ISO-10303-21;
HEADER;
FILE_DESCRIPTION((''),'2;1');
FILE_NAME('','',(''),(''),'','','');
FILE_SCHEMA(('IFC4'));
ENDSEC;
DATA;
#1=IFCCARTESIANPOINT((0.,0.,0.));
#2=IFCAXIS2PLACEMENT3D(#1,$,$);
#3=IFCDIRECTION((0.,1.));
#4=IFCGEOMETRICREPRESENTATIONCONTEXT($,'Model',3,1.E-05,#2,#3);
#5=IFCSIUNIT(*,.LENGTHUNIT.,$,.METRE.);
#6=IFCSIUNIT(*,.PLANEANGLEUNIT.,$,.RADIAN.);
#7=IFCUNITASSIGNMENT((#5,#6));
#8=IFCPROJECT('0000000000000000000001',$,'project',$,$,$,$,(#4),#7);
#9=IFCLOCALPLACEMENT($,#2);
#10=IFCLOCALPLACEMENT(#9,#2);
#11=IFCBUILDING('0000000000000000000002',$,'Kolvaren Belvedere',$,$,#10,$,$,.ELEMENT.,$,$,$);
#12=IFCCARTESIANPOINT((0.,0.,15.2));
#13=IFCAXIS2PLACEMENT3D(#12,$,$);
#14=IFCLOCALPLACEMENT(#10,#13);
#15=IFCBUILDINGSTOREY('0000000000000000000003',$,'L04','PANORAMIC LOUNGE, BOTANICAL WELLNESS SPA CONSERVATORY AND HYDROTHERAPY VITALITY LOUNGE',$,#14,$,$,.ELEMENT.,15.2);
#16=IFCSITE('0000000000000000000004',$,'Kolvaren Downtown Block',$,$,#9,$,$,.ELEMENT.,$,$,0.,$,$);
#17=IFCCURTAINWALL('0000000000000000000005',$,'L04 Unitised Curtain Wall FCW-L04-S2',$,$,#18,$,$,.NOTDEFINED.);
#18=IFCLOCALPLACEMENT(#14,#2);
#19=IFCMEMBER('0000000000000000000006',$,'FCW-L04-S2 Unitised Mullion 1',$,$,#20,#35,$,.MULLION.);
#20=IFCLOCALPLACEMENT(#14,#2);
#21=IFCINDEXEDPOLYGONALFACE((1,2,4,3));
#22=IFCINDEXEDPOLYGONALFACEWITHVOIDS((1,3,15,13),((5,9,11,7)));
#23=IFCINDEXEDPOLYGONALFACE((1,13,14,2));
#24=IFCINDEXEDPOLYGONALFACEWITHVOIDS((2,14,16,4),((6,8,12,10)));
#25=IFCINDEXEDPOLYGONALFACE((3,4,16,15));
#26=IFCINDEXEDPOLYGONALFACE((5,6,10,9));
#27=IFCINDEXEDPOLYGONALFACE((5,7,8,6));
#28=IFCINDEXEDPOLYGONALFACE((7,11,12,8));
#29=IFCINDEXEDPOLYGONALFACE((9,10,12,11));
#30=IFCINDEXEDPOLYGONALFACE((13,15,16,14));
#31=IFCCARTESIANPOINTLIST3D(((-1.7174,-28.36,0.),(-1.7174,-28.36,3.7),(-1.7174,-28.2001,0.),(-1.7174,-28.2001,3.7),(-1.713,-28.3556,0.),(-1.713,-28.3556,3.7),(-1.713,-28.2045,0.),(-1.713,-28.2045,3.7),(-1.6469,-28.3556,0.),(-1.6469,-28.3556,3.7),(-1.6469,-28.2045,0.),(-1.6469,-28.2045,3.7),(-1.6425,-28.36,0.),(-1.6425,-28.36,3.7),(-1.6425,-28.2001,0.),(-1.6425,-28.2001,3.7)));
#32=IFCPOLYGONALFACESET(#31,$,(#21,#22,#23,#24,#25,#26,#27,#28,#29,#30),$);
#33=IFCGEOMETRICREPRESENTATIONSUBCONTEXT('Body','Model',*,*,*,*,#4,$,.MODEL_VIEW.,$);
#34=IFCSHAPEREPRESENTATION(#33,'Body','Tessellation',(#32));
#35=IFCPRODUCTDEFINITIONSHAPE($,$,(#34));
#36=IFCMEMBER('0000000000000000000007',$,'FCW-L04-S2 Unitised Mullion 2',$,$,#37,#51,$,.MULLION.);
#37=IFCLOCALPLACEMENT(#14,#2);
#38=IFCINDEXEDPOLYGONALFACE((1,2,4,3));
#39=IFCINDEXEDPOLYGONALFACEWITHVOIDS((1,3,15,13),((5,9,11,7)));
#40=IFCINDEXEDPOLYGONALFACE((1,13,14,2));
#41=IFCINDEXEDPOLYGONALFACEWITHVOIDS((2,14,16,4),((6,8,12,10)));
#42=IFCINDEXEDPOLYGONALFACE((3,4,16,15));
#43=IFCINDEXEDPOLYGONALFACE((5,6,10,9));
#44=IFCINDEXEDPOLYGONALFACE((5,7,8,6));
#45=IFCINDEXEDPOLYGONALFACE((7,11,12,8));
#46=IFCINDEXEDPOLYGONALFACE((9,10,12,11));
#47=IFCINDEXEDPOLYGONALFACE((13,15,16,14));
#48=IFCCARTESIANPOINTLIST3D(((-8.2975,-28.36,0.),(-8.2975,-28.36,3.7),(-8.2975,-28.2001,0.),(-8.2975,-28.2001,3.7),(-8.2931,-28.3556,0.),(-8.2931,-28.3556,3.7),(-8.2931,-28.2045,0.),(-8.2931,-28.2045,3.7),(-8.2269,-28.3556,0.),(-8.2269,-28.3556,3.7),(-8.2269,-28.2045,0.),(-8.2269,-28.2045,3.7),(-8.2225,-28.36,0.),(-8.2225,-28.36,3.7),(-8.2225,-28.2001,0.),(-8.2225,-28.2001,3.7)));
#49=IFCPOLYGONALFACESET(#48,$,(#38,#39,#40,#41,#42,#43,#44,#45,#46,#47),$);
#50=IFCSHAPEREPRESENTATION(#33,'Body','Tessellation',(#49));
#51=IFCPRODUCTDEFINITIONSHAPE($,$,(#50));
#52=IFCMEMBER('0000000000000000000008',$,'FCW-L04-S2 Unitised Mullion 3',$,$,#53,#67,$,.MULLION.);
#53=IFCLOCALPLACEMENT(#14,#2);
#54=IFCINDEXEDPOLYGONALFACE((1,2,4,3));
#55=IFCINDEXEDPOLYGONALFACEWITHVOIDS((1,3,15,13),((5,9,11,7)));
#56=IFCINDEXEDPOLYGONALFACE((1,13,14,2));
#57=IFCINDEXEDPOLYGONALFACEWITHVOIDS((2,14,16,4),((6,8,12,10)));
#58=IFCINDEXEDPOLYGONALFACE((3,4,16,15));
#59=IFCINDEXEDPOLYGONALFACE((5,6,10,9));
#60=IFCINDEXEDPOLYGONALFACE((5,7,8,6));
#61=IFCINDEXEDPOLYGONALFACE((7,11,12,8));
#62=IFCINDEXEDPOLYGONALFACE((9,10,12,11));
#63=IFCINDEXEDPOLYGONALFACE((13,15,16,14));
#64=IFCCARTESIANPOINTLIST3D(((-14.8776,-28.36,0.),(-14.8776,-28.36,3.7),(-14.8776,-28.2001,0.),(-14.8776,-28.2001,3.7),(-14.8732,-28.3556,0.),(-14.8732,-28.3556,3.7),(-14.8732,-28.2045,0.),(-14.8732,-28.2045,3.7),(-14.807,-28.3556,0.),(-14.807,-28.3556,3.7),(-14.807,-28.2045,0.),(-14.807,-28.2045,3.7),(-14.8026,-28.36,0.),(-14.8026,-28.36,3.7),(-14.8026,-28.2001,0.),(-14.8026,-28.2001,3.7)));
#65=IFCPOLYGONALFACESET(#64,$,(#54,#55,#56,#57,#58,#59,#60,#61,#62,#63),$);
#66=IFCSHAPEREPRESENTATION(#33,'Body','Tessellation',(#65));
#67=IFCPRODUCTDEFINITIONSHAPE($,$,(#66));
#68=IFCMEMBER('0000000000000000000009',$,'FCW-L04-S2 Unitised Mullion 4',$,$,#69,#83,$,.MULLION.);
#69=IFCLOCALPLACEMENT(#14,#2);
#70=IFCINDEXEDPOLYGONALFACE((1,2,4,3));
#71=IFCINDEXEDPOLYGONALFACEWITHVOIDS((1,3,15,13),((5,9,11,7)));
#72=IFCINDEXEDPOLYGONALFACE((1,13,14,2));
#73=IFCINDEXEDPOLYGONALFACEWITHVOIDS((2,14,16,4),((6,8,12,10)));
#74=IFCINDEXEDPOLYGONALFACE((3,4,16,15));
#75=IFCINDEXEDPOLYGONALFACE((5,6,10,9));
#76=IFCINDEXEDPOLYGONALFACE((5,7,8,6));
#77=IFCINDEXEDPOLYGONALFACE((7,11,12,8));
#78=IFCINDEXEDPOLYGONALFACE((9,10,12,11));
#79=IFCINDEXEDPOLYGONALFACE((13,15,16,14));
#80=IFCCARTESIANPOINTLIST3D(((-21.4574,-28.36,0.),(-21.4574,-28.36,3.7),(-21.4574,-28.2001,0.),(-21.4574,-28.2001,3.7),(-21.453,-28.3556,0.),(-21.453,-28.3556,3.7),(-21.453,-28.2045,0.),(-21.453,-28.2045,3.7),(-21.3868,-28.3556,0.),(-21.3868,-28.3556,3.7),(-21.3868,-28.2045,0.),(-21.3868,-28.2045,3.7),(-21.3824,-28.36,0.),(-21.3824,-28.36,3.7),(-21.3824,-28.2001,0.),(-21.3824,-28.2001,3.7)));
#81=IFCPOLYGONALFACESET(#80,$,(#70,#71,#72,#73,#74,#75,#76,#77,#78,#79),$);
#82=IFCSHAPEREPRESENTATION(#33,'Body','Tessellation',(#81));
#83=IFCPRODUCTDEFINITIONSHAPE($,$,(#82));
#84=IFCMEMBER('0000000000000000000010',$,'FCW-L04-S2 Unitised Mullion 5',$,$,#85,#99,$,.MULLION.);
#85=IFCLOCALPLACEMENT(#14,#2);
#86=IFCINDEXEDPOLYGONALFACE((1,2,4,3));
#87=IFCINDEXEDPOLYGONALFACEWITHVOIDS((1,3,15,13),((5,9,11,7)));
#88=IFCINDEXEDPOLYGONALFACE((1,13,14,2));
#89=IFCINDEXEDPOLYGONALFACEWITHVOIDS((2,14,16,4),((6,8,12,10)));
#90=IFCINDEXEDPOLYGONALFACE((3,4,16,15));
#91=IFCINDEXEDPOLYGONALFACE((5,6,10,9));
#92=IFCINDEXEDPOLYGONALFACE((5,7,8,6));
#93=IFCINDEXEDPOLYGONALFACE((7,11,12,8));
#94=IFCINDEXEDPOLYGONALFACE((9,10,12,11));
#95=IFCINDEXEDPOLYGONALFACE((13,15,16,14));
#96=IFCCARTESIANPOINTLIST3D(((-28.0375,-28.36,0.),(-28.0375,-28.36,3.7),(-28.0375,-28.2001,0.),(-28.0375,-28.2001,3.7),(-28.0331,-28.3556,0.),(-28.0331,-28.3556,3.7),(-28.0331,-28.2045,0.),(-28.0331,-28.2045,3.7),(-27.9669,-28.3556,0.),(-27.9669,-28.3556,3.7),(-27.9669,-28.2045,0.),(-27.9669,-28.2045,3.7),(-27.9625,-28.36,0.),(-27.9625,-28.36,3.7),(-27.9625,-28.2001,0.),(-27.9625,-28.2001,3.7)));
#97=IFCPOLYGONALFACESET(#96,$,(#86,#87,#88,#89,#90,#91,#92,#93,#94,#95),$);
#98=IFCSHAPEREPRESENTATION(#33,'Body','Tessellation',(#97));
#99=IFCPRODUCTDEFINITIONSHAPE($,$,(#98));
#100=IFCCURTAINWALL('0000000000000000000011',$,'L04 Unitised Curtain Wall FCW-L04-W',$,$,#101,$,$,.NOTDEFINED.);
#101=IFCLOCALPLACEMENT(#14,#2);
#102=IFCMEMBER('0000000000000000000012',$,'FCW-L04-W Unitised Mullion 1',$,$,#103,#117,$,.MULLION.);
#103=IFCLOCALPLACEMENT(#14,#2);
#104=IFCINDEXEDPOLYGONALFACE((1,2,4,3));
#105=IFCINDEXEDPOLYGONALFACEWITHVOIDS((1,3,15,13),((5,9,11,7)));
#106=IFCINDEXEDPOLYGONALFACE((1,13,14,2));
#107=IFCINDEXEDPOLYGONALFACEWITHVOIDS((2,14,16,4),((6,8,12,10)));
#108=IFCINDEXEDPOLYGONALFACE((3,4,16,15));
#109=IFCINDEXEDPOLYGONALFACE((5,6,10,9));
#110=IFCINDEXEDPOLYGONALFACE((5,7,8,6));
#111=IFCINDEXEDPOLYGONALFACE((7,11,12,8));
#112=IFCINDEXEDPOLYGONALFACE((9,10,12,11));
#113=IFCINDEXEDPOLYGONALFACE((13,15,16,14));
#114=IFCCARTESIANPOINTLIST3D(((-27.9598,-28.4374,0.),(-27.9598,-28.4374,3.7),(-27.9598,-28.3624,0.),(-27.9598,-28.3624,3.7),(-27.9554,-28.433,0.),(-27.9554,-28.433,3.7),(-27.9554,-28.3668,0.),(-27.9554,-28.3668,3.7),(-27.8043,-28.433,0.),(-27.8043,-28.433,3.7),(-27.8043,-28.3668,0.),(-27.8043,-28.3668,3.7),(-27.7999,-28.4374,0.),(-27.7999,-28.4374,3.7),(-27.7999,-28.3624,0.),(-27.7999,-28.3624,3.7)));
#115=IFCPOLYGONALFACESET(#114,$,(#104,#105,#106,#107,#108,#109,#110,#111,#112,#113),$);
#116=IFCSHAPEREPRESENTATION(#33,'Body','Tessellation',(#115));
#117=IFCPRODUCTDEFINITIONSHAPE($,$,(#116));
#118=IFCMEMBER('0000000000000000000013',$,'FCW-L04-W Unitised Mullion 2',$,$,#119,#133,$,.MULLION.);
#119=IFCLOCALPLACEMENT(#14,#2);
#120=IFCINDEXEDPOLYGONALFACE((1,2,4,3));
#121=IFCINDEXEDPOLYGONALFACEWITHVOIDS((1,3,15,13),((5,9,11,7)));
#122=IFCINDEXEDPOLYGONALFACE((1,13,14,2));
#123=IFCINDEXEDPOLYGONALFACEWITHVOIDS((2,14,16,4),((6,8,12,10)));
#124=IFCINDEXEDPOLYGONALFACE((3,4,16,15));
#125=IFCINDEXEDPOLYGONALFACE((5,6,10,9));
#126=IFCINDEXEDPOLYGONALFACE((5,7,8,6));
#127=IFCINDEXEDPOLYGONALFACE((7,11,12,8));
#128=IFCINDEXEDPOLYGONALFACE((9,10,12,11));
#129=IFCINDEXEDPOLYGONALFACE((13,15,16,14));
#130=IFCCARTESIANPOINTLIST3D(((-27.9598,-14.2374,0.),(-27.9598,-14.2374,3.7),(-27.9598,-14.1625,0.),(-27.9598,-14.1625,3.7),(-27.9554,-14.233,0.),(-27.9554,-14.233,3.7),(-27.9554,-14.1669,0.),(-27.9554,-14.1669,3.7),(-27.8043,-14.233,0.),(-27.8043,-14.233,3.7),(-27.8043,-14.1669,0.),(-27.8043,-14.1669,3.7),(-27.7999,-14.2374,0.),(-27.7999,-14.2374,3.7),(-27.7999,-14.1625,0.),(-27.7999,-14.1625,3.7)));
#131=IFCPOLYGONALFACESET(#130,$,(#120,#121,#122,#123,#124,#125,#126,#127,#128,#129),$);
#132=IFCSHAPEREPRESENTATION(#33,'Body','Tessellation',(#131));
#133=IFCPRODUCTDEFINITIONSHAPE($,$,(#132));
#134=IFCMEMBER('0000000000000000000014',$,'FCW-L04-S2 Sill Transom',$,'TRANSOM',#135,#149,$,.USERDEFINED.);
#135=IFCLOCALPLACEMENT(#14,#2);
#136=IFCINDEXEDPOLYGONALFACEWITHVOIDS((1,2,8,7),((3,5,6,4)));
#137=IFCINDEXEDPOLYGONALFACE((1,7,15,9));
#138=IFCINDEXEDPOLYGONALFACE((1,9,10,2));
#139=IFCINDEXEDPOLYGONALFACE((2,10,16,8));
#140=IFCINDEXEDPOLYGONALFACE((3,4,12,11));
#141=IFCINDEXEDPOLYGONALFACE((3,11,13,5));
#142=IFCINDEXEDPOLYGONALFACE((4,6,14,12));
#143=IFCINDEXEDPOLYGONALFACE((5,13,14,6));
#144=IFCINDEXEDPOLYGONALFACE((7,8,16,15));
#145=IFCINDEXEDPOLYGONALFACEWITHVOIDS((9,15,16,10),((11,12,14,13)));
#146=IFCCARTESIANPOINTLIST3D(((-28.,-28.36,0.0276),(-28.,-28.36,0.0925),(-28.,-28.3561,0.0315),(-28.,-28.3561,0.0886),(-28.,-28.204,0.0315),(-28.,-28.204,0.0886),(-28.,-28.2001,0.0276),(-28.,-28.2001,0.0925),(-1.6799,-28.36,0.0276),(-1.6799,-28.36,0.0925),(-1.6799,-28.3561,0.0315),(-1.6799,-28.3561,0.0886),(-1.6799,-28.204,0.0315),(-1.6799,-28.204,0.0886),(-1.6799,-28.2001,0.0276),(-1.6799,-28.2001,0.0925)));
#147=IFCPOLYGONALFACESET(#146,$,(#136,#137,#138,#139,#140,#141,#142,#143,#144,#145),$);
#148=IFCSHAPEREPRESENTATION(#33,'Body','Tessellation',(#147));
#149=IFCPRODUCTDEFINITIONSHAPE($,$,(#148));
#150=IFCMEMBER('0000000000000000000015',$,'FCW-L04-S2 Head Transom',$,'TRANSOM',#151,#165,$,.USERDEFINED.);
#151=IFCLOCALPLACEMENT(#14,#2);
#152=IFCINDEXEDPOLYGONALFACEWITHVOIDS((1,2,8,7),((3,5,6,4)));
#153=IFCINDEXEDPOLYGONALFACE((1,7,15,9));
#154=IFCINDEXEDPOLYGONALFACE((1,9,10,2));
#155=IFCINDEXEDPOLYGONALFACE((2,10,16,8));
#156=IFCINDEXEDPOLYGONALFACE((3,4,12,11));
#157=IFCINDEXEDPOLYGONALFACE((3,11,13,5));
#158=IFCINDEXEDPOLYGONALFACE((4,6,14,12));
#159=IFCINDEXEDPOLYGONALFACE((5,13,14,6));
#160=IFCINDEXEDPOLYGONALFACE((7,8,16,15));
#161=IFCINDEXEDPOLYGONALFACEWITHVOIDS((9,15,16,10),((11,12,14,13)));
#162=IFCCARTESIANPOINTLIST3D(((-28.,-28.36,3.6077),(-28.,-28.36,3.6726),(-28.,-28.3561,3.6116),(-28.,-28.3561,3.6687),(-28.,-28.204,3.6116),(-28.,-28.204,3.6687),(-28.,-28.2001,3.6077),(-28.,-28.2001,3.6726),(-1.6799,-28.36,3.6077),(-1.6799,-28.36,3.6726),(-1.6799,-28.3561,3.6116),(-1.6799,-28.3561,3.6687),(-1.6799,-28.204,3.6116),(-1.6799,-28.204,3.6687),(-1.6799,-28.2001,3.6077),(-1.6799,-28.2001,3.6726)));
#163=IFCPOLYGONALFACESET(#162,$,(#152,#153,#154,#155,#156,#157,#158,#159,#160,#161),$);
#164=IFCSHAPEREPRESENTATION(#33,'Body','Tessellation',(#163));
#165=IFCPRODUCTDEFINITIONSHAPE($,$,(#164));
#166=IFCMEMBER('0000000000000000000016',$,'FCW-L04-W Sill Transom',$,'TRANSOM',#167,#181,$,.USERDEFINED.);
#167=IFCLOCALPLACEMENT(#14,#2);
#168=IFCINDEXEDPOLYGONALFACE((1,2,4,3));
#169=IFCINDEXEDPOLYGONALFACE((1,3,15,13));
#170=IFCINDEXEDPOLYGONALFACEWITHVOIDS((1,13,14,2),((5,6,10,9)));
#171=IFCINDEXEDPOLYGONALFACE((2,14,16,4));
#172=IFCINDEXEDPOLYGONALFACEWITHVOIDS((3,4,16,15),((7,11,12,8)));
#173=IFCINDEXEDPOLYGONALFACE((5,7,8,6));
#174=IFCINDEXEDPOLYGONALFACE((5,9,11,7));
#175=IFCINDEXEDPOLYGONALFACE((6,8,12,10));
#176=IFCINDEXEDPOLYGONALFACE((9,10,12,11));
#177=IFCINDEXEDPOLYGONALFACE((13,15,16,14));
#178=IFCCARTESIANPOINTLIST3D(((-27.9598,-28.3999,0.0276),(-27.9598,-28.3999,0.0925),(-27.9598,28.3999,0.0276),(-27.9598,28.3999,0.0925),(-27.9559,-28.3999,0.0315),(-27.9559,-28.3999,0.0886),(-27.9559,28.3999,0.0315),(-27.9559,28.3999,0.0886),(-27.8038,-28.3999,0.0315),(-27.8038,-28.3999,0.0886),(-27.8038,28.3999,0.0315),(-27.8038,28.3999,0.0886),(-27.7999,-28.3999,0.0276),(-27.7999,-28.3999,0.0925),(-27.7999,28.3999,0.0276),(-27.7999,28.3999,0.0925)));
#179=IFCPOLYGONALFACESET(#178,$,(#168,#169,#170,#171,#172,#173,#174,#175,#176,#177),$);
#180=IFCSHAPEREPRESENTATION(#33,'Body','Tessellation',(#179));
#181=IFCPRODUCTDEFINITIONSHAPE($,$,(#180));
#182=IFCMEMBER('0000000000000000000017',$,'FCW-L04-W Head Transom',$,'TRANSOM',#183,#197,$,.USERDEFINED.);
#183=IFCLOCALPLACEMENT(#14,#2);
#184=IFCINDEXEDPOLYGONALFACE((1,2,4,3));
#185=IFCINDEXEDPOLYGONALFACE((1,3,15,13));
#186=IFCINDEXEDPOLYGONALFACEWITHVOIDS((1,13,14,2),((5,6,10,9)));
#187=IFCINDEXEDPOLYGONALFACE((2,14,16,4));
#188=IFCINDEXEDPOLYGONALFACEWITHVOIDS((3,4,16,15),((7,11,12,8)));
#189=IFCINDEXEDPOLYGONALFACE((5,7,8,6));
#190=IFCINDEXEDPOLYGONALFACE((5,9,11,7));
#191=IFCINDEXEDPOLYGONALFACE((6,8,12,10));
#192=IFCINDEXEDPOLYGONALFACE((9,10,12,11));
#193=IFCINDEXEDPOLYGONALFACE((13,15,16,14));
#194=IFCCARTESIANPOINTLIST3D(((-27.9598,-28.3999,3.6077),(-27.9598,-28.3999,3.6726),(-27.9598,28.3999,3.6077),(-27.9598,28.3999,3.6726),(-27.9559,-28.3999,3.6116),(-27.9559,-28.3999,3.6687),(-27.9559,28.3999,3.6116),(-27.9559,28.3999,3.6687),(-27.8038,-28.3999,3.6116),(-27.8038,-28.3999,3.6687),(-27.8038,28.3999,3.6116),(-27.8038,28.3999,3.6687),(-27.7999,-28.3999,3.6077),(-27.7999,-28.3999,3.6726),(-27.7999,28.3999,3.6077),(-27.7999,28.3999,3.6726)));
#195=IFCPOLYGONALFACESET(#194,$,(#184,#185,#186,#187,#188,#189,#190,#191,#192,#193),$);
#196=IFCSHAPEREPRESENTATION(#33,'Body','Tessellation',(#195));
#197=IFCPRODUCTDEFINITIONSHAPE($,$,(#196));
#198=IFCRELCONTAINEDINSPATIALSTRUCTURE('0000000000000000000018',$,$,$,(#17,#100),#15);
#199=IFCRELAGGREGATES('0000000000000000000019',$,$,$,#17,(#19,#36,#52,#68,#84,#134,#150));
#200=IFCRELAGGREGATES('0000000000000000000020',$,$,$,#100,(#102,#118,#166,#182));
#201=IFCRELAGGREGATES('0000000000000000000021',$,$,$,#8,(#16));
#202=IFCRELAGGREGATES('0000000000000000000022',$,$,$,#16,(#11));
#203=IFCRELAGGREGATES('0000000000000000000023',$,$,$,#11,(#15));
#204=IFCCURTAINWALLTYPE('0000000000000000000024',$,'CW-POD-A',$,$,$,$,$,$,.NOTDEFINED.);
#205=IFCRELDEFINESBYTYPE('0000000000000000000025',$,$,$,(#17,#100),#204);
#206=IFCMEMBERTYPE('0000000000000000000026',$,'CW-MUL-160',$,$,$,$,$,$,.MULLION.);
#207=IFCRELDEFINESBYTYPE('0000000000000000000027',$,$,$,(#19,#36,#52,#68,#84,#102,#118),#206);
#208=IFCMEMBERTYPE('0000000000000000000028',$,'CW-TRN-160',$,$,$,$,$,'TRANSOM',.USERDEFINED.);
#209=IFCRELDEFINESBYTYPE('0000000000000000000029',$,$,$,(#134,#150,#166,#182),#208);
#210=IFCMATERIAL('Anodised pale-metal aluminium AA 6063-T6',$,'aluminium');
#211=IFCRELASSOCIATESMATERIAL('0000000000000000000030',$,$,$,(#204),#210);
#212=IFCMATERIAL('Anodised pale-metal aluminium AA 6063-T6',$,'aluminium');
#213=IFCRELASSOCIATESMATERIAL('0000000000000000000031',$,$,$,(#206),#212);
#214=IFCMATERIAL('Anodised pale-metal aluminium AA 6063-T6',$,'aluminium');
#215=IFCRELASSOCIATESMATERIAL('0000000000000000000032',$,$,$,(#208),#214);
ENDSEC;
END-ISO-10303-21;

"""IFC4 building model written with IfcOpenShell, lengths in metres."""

from ifc_helpers import new_model, si_unit, direction, frame, origin, origin_2d, place, context, subcontext, project, spatial, hollow_rectangle, extrude, material, material_profile, profile_set, type_object, element, aggregate, save


model = new_model("IFC4")

# Units and contexts
model_context = context("Model", 3, precision=1e-05, world=origin(), true_north=direction((0.0, 1.0)))
body_context = subcontext(model_context, "Body", "Model", "MODEL_VIEW")
ifc_project = project(units=[si_unit("LENGTHUNIT", "METRE"), si_unit("PLANEANGLEUNIT", "RADIAN")], contexts=[model_context])

# Site, building, storey
site_placement = place(None, origin())
site = spatial("IfcSite", under=ifc_project, at=site_placement, Name="Kolvaren Downtown Block", CompositionType="ELEMENT", RefElevation=0.0)
building_placement = place(site_placement, origin())
building = spatial("IfcBuilding", under=site, at=building_placement, Name="Kolvaren Belvedere", CompositionType="ELEMENT")
storey_placement = place(building_placement, frame((0.0, 0.0, 15.2)))
storey = spatial("IfcBuildingStorey", under=building, at=storey_placement, Name="L04", Description="PANORAMIC LOUNGE, BOTANICAL WELLNESS SPA CONSERVATORY AND HYDROTHERAPY VITALITY LOUNGE", CompositionType="ELEMENT", Elevation=15.2)

# Curtain walls, members
ifc_material_1 = material(Name="Anodised pale-metal aluminium AA 6063-T6", Category="aluminium")
curtain_wall_type = type_object("IfcCurtainWallType", Name="CW-POD-A", PredefinedType="NOTDEFINED", material=ifc_material_1)
curtain_wall_1_placement = place(storey_placement, origin())
curtain_wall_1 = element("IfcCurtainWall", 1, at=curtain_wall_1_placement, inside=storey, type_object=curtain_wall_type, Name="L04 Unitised Curtain Wall FCW-L04-S2", PredefinedType="NOTDEFINED")
ifc_material_2 = material(Name="Anodised pale-metal aluminium AA 6063-T6", Category="aluminium")
ifc_material_profile_1 = material_profile(ifc_material_2, hollow_rectangle(XDim=0.075, YDim=0.1599, WallThickness=0.0044, at=origin_2d()), Name="ALU-MUL-160X75")
ifc_profile_set_1 = profile_set([ifc_material_profile_1], Name="Anodised pale-metal aluminium AA 6063-T6")
member_type_1 = type_object("IfcMemberType", Name="CW-MUL-160", PredefinedType="MULLION", material=ifc_profile_set_1)
member_1_placement = place(storey_placement, frame((-1.6799, -28.28, 0.0), z_axis=(0.0, 0.0, 1.0), x_axis=(1.0, 0.0, 0.0)))
member_1 = element("IfcMember", 2, at=member_1_placement, type_object=member_type_1, Name="FCW-L04-S2 Unitised Mullion 1", PredefinedType="MULLION", context=body_context, shape_type="SweptSolid", body=[
    extrude(hollow_rectangle(XDim=0.075, YDim=0.1599, WallThickness=0.0044, at=origin_2d()), origin(), (0.0, 0.0, 1.0), 3.7),
])
member_2_placement = place(storey_placement, frame((-8.26, -28.28, 0.0), z_axis=(0.0, 0.0, 1.0), x_axis=(1.0, 0.0, 0.0)))
member_2 = element("IfcMember", 3, at=member_2_placement, type_object=member_type_1, Name="FCW-L04-S2 Unitised Mullion 2", PredefinedType="MULLION", context=body_context, shape_type="SweptSolid", body=[
    extrude(hollow_rectangle(XDim=0.075, YDim=0.1599, WallThickness=0.0044, at=origin_2d()), origin(), (0.0, 0.0, 1.0), 3.7),
])
member_3_placement = place(storey_placement, frame((-14.8401, -28.28, 0.0), z_axis=(0.0, 0.0, 1.0), x_axis=(1.0, 0.0, 0.0)))
member_3 = element("IfcMember", 4, at=member_3_placement, type_object=member_type_1, Name="FCW-L04-S2 Unitised Mullion 3", PredefinedType="MULLION", context=body_context, shape_type="SweptSolid", body=[
    extrude(hollow_rectangle(XDim=0.075, YDim=0.1599, WallThickness=0.0044, at=origin_2d()), origin(), (0.0, 0.0, 1.0), 3.7),
])
member_4_placement = place(storey_placement, frame((-21.4199, -28.28, 0.0), z_axis=(0.0, 0.0, 1.0), x_axis=(1.0, 0.0, 0.0)))
member_4 = element("IfcMember", 5, at=member_4_placement, type_object=member_type_1, Name="FCW-L04-S2 Unitised Mullion 4", PredefinedType="MULLION", context=body_context, shape_type="SweptSolid", body=[
    extrude(hollow_rectangle(XDim=0.075, YDim=0.1599, WallThickness=0.0044, at=origin_2d()), origin(), (0.0, 0.0, 1.0), 3.7),
])
member_5_placement = place(storey_placement, frame((-28.0, -28.28, 0.0), z_axis=(0.0, 0.0, 1.0), x_axis=(1.0, 0.0, 0.0)))
member_5 = element("IfcMember", 6, at=member_5_placement, type_object=member_type_1, Name="FCW-L04-S2 Unitised Mullion 5", PredefinedType="MULLION", context=body_context, shape_type="SweptSolid", body=[
    extrude(hollow_rectangle(XDim=0.075, YDim=0.1599, WallThickness=0.0044, at=origin_2d()), origin(), (0.0, 0.0, 1.0), 3.7),
])
curtain_wall_2_placement = place(storey_placement, origin())
curtain_wall_2 = element("IfcCurtainWall", 7, at=curtain_wall_2_placement, inside=storey, type_object=curtain_wall_type, Name="L04 Unitised Curtain Wall FCW-L04-W", PredefinedType="NOTDEFINED")
member_6_placement = place(storey_placement, frame((-27.8799, -28.3999, 0.0), z_axis=(0.0, 0.0, 1.0), x_axis=(0.0, 1.0, 0.0)))
member_6 = element("IfcMember", 8, at=member_6_placement, type_object=member_type_1, Name="FCW-L04-W Unitised Mullion 1", PredefinedType="MULLION", context=body_context, shape_type="SweptSolid", body=[
    extrude(hollow_rectangle(XDim=0.075, YDim=0.1599, WallThickness=0.0044, at=origin_2d()), origin(), (0.0, 0.0, 1.0), 3.7),
])
member_7_placement = place(storey_placement, frame((-27.8799, -14.2, 0.0), z_axis=(0.0, 0.0, 1.0), x_axis=(0.0, 1.0, 0.0)))
member_7 = element("IfcMember", 9, at=member_7_placement, type_object=member_type_1, Name="FCW-L04-W Unitised Mullion 2", PredefinedType="MULLION", context=body_context, shape_type="SweptSolid", body=[
    extrude(hollow_rectangle(XDim=0.075, YDim=0.1599, WallThickness=0.0044, at=origin_2d()), origin(), (0.0, 0.0, 1.0), 3.7),
])

# Members
ifc_material_3 = material(Name="Anodised pale-metal aluminium AA 6063-T6", Category="aluminium")
ifc_material_profile_2 = material_profile(ifc_material_3, hollow_rectangle(XDim=0.0649, YDim=0.1599, WallThickness=0.0039, at=origin_2d()), Name="ALU-TRN-160X65")
ifc_profile_set_2 = profile_set([ifc_material_profile_2], Name="Anodised pale-metal aluminium AA 6063-T6")
member_type_2 = type_object("IfcMemberType", Name="CW-TRN-160", ElementType="TRANSOM", PredefinedType="USERDEFINED", material=ifc_profile_set_2)
member_8_placement = place(storey_placement, frame((-1.6799, -28.28, 0.0601), z_axis=(-1.0, 0.0, 0.0), x_axis=(0.0, 0.0, 1.0)))
member_8 = element("IfcMember", 10, at=member_8_placement, type_object=member_type_2, Name="FCW-L04-S2 Sill Transom", ObjectType="TRANSOM", PredefinedType="USERDEFINED", context=body_context, shape_type="SweptSolid", body=[
    extrude(hollow_rectangle(XDim=0.0649, YDim=0.1599, WallThickness=0.0039, at=origin_2d()), origin(), (0.0, 0.0, 1.0), 26.3201),
])
member_9_placement = place(storey_placement, frame((-1.6799, -28.28, 3.6401), z_axis=(-1.0, 0.0, 0.0), x_axis=(0.0, 0.0, 1.0)))
member_9 = element("IfcMember", 11, at=member_9_placement, type_object=member_type_2, Name="FCW-L04-S2 Head Transom", ObjectType="TRANSOM", PredefinedType="USERDEFINED", context=body_context, shape_type="SweptSolid", body=[
    extrude(hollow_rectangle(XDim=0.0649, YDim=0.1599, WallThickness=0.0039, at=origin_2d()), origin(), (0.0, 0.0, 1.0), 26.3201),
])
member_10_placement = place(storey_placement, frame((-27.8799, -28.3999, 0.0601), z_axis=(0.0, 1.0, 0.0), x_axis=(0.0, 0.0, 1.0)))
member_10 = element("IfcMember", 12, at=member_10_placement, type_object=member_type_2, Name="FCW-L04-W Sill Transom", ObjectType="TRANSOM", PredefinedType="USERDEFINED", context=body_context, shape_type="SweptSolid", body=[
    extrude(hollow_rectangle(XDim=0.0649, YDim=0.1599, WallThickness=0.0039, at=origin_2d()), origin(), (0.0, 0.0, 1.0), 56.7998),
])
member_11_placement = place(storey_placement, frame((-27.8799, -28.3999, 3.6401), z_axis=(0.0, 1.0, 0.0), x_axis=(0.0, 0.0, 1.0)))
member_11 = element("IfcMember", 13, at=member_11_placement, type_object=member_type_2, Name="FCW-L04-W Head Transom", ObjectType="TRANSOM", PredefinedType="USERDEFINED", context=body_context, shape_type="SweptSolid", body=[
    extrude(hollow_rectangle(XDim=0.0649, YDim=0.1599, WallThickness=0.0039, at=origin_2d()), origin(), (0.0, 0.0, 1.0), 56.7998),
])

aggregate(curtain_wall_1, [member_1, member_2, member_3, member_4, member_5, member_8, member_9])
aggregate(curtain_wall_2, [member_6, member_7, member_10, member_11])

save(model, "model.ifc")
